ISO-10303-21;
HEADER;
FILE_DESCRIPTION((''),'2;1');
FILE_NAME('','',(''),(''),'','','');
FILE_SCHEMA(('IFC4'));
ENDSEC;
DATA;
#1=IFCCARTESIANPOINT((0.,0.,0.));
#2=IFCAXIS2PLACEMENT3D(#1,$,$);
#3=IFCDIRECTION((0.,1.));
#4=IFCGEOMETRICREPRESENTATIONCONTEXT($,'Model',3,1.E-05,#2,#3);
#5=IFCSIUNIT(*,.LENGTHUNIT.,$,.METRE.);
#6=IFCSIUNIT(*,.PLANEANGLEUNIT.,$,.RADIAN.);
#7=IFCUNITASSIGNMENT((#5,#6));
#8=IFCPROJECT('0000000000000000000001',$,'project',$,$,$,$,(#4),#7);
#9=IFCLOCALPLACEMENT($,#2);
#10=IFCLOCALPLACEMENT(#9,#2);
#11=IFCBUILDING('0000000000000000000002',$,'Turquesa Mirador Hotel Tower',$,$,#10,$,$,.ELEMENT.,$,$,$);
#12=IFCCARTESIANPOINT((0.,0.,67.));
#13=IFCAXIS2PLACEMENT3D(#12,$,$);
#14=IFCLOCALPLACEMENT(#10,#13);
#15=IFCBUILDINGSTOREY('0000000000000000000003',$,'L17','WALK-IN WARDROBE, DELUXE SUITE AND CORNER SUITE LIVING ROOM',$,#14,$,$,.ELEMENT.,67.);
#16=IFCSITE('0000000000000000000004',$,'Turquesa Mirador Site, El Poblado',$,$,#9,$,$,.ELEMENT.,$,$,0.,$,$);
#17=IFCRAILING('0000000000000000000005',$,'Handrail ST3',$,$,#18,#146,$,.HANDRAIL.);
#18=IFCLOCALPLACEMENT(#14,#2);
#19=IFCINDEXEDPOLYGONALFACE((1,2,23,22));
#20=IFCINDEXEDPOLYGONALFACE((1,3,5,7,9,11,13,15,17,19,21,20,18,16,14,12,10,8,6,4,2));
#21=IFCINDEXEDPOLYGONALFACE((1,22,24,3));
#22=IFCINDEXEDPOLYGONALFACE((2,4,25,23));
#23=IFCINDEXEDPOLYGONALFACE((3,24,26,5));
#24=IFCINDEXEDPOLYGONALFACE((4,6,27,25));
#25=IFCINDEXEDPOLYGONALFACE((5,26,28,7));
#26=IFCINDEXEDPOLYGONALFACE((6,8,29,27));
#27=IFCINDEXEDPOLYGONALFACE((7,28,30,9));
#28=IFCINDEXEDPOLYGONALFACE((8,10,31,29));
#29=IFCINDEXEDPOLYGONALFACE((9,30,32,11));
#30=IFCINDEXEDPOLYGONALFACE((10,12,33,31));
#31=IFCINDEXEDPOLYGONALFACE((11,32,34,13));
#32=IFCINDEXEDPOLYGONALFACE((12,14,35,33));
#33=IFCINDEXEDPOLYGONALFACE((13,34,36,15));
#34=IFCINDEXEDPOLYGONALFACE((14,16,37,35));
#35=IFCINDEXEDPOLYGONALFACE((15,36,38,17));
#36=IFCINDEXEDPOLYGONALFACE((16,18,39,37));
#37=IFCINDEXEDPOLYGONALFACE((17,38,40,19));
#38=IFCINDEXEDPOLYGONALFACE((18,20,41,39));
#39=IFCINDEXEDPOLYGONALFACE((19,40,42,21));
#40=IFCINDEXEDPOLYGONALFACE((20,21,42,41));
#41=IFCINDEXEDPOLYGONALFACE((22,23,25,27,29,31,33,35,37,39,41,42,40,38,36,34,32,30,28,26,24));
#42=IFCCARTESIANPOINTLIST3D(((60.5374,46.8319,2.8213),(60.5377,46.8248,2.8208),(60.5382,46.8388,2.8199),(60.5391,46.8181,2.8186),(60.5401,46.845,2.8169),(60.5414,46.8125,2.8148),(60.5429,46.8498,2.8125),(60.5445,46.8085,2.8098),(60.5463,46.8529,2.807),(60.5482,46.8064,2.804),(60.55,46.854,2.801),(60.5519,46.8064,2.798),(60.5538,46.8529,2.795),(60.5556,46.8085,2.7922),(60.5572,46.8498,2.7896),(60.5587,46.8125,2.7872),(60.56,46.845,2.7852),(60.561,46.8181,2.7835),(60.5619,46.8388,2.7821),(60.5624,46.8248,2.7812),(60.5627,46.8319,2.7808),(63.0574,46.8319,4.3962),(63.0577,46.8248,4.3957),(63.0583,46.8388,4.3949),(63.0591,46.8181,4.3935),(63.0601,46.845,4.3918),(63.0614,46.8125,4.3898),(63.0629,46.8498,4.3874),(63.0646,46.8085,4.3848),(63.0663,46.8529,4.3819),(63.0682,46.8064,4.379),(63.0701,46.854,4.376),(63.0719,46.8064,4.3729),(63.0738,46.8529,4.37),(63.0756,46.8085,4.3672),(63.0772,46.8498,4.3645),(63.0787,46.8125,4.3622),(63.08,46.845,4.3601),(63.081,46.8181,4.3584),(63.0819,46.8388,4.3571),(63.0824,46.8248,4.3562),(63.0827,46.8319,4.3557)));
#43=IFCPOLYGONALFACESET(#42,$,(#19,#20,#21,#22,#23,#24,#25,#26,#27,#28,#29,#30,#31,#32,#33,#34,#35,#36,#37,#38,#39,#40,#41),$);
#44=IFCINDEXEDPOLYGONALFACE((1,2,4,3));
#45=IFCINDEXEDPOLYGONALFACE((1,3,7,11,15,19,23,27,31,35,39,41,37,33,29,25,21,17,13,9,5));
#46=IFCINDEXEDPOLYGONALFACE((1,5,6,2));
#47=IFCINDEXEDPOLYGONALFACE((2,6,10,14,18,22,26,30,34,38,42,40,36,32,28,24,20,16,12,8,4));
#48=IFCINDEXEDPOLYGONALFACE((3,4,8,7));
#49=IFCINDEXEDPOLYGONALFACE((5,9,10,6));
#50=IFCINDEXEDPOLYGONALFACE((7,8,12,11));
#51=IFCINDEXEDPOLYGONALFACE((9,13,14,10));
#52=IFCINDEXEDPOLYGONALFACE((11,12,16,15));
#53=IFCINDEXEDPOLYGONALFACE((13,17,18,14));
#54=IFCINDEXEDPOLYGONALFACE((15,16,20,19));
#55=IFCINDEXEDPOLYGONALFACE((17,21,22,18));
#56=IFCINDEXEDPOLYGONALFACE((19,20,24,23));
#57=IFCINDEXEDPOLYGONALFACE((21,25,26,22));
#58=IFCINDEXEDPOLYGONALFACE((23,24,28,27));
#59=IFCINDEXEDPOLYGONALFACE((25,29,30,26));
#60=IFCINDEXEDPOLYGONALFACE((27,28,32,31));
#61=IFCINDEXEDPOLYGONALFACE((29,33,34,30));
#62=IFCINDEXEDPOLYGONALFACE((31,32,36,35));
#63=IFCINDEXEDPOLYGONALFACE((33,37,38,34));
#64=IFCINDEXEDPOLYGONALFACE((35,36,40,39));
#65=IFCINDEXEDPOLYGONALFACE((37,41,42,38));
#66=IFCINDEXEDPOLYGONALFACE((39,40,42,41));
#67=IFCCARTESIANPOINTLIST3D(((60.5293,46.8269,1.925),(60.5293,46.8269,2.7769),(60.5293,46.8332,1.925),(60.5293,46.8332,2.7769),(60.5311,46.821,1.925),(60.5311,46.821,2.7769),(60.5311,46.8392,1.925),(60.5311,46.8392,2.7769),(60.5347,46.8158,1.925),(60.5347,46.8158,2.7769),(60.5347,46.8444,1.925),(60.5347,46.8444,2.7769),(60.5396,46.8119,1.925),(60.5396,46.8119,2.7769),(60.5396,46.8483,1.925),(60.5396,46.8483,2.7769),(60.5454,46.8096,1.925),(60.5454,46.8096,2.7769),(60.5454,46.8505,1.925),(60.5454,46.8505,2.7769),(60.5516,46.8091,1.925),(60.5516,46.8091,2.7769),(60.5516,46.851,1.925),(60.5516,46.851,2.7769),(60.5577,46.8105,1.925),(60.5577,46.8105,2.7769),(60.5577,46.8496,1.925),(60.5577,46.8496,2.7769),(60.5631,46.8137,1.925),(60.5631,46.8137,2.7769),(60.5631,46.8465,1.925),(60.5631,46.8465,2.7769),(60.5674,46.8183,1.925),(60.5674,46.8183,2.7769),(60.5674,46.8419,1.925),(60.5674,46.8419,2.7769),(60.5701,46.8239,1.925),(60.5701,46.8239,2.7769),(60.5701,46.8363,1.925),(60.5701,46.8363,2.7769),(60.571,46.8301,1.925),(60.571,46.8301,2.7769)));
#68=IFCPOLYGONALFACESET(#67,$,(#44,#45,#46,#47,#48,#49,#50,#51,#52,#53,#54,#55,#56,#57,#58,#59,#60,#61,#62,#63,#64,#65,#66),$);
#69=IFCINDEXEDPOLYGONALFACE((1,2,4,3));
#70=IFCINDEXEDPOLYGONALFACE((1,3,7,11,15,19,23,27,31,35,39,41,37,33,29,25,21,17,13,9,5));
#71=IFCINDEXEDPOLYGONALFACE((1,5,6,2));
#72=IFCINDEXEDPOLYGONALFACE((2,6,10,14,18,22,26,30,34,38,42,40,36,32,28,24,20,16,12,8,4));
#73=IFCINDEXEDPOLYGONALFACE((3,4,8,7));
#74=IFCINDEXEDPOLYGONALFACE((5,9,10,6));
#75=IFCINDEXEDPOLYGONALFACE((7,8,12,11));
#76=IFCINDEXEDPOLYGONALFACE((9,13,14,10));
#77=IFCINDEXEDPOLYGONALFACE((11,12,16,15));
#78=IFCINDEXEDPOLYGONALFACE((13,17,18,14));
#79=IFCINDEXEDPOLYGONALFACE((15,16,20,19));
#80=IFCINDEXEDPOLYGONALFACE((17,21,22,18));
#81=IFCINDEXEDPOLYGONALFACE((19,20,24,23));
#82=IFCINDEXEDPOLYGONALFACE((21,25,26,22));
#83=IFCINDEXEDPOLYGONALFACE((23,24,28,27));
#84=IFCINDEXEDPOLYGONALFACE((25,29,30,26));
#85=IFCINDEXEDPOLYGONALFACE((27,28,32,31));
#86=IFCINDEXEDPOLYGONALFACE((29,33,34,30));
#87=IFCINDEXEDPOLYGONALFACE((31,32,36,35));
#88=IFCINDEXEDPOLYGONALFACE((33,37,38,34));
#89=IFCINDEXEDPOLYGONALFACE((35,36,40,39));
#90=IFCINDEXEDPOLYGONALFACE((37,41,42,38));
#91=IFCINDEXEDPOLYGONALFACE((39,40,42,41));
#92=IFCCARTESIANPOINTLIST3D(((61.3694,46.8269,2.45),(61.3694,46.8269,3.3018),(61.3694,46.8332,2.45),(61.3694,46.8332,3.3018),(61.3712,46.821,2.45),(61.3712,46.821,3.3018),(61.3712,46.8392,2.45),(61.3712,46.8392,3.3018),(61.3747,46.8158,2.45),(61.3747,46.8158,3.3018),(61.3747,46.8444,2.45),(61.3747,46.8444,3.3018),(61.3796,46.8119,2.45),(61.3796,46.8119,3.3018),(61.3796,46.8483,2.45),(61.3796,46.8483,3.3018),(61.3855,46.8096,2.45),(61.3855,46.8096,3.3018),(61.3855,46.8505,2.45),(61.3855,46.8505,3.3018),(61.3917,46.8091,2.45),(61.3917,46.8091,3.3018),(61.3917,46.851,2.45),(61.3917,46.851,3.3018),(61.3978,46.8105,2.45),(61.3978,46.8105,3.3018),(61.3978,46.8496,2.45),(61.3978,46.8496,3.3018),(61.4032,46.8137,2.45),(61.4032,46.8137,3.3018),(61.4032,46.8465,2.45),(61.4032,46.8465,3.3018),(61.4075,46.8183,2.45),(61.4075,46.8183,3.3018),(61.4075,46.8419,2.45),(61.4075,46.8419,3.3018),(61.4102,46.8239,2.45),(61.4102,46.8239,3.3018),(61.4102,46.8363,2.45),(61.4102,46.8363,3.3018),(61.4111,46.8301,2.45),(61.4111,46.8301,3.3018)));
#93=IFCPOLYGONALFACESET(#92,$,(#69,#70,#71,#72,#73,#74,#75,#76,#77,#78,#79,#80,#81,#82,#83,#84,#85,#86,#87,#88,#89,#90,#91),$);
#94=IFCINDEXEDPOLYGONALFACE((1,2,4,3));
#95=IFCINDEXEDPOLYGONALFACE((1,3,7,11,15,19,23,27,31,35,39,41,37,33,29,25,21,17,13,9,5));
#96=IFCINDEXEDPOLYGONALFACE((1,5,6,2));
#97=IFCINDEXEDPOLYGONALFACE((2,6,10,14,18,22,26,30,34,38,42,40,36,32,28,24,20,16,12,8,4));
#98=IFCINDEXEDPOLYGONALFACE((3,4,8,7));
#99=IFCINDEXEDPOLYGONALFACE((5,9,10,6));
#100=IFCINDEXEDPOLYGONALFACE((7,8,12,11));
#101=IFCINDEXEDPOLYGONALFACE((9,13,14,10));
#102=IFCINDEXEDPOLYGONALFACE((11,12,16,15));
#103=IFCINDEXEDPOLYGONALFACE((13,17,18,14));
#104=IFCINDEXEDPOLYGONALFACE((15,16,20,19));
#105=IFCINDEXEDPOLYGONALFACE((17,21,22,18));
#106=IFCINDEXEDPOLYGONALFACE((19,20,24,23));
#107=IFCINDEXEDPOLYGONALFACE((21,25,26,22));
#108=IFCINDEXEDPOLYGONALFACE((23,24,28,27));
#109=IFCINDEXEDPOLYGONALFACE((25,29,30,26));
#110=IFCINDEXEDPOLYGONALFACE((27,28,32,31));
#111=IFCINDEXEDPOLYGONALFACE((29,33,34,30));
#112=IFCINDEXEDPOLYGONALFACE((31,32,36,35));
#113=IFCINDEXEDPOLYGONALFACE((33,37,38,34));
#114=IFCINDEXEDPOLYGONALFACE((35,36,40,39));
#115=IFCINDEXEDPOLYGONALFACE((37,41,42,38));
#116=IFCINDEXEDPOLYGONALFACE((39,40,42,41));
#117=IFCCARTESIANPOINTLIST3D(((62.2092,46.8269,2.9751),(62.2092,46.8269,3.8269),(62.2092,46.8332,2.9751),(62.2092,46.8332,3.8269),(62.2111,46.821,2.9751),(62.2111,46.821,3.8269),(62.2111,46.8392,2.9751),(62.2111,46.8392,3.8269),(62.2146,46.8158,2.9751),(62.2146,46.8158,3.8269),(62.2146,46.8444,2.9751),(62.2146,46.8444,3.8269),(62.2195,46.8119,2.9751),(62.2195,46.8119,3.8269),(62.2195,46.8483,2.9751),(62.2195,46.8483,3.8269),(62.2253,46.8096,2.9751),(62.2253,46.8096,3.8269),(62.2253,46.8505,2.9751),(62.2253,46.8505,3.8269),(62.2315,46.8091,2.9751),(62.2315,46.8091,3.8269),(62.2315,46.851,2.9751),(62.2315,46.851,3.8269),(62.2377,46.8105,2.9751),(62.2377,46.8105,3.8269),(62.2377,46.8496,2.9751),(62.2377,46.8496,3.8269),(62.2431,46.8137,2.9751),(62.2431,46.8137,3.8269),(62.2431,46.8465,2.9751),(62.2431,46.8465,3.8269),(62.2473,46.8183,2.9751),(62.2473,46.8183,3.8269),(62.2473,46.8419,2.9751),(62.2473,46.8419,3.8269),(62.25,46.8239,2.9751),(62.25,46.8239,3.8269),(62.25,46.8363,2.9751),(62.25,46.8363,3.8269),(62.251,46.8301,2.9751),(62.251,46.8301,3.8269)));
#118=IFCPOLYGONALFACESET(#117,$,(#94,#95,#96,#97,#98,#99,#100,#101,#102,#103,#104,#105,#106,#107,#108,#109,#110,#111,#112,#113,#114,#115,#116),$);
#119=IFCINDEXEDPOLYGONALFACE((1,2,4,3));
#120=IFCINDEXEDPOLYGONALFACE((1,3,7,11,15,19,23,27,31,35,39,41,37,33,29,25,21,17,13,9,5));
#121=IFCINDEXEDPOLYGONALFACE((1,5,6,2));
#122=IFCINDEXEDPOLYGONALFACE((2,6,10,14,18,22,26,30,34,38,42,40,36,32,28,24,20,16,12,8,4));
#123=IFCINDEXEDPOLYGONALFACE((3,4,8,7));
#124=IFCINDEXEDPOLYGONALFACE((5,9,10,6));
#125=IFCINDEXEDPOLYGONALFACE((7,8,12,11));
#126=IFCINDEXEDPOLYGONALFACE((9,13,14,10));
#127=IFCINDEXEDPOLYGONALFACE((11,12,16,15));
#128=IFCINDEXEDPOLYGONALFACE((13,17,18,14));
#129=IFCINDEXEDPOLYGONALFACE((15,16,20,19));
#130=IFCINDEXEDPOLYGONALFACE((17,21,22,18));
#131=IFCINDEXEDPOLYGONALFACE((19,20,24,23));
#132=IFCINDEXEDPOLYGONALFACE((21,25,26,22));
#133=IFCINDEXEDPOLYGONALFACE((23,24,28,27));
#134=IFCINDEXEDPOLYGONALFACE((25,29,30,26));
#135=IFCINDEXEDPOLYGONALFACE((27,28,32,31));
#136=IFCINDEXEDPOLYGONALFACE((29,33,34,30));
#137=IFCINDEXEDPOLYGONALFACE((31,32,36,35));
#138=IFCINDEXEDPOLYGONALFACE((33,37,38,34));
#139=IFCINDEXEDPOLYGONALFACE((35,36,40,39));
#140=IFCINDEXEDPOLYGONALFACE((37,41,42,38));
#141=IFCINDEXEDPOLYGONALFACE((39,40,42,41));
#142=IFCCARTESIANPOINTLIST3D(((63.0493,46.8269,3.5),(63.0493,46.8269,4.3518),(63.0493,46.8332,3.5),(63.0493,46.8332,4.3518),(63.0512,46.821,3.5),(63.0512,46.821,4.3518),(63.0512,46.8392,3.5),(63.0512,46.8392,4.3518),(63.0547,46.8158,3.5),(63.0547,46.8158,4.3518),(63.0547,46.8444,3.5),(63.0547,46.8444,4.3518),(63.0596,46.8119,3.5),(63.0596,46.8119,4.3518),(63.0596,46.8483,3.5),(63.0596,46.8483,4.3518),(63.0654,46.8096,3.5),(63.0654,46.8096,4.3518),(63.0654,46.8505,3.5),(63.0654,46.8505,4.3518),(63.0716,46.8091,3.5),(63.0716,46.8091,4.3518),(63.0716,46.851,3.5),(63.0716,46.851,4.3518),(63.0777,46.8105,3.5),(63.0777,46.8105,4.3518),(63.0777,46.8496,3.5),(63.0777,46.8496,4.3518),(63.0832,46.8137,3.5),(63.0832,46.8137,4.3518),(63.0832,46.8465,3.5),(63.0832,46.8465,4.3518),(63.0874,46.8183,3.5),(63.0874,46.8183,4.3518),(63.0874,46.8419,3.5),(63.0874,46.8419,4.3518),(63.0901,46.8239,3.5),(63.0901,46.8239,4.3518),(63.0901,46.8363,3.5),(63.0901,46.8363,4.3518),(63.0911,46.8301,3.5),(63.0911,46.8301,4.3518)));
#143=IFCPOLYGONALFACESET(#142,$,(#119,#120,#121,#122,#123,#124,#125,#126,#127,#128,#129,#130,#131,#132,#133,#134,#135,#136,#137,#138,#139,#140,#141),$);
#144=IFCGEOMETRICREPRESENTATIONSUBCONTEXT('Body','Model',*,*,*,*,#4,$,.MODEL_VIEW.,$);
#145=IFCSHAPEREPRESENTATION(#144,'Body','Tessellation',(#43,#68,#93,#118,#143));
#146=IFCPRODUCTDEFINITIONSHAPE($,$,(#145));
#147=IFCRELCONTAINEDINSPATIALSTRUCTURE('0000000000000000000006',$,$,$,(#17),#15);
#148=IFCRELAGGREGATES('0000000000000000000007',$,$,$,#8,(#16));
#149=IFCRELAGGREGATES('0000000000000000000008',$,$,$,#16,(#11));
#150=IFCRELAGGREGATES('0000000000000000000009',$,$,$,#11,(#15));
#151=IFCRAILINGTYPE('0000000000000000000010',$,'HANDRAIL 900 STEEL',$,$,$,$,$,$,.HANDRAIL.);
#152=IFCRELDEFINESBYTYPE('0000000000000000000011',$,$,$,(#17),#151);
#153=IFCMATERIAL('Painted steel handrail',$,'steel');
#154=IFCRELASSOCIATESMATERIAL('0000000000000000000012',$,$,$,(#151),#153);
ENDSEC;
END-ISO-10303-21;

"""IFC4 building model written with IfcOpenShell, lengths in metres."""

from ifc_helpers import new_model, si_unit, direction, frame, origin, origin_2d, place, context, subcontext, project, spatial, circle, extrude, material, type_object, element, save


model = new_model("IFC4")

# Units and contexts
model_context = context("Model", 3, precision=1e-05, world=origin(), true_north=direction((0.0, 1.0)))
body_context = subcontext(model_context, "Body", "Model", "MODEL_VIEW")
ifc_project = project(units=[si_unit("LENGTHUNIT", "METRE"), si_unit("PLANEANGLEUNIT", "RADIAN")], contexts=[model_context])

# Site, building, storey
site_placement = place(None, origin())
site = spatial("IfcSite", under=ifc_project, at=site_placement, Name="Turquesa Mirador Site, El Poblado", CompositionType="ELEMENT", RefElevation=0.0)
building_placement = place(site_placement, origin())
building = spatial("IfcBuilding", under=site, at=building_placement, Name="Turquesa Mirador Hotel Tower", CompositionType="ELEMENT")
storey_placement = place(building_placement, frame((0.0, 0.0, 67.0)))
storey = spatial("IfcBuildingStorey", under=building, at=storey_placement, Name="L17", Description="WALK-IN WARDROBE, DELUXE SUITE AND CORNER SUITE LIVING ROOM", CompositionType="ELEMENT", Elevation=67.0)

# Railing
ifc_material_1 = material(Name="Painted steel handrail", Category="steel")
railing_type = type_object("IfcRailingType", Name="HANDRAIL 900 STEEL", PredefinedType="HANDRAIL", material=ifc_material_1)
railing_1_placement = place(storey_placement, frame((60.55, 46.8301, 1.925)))
element("IfcRailing", 1, at=railing_1_placement, inside=storey, type_object=railing_type, Name="Handrail ST3", PredefinedType="HANDRAIL", context=body_context, shape_type="SweptSolid", body=[
    extrude(circle(Radius=0.0239, at=origin_2d()), frame((0.0, 0.0, 0.876), z_axis=(0.848008, 0.0, 0.529984), x_axis=(0.0, 1.0, 0.0)), (0.0, 0.0, 1.0), 2.9717),
    extrude(circle(Radius=0.021, at=origin_2d()), origin(), (0.0, 0.0, 1.0), 0.8518),
    extrude(circle(Radius=0.021, at=origin_2d()), frame((0.8401, 0.0, 0.5249)), (0.0, 0.0, 1.0), 0.8518),
    extrude(circle(Radius=0.021, at=origin_2d()), frame((1.6799, 0.0, 1.05)), (0.0, 0.0, 1.0), 0.8518),
    extrude(circle(Radius=0.021, at=origin_2d()), frame((2.52, 0.0, 1.575)), (0.0, 0.0, 1.0), 0.8518),
])

save(model, "model.ifc")
